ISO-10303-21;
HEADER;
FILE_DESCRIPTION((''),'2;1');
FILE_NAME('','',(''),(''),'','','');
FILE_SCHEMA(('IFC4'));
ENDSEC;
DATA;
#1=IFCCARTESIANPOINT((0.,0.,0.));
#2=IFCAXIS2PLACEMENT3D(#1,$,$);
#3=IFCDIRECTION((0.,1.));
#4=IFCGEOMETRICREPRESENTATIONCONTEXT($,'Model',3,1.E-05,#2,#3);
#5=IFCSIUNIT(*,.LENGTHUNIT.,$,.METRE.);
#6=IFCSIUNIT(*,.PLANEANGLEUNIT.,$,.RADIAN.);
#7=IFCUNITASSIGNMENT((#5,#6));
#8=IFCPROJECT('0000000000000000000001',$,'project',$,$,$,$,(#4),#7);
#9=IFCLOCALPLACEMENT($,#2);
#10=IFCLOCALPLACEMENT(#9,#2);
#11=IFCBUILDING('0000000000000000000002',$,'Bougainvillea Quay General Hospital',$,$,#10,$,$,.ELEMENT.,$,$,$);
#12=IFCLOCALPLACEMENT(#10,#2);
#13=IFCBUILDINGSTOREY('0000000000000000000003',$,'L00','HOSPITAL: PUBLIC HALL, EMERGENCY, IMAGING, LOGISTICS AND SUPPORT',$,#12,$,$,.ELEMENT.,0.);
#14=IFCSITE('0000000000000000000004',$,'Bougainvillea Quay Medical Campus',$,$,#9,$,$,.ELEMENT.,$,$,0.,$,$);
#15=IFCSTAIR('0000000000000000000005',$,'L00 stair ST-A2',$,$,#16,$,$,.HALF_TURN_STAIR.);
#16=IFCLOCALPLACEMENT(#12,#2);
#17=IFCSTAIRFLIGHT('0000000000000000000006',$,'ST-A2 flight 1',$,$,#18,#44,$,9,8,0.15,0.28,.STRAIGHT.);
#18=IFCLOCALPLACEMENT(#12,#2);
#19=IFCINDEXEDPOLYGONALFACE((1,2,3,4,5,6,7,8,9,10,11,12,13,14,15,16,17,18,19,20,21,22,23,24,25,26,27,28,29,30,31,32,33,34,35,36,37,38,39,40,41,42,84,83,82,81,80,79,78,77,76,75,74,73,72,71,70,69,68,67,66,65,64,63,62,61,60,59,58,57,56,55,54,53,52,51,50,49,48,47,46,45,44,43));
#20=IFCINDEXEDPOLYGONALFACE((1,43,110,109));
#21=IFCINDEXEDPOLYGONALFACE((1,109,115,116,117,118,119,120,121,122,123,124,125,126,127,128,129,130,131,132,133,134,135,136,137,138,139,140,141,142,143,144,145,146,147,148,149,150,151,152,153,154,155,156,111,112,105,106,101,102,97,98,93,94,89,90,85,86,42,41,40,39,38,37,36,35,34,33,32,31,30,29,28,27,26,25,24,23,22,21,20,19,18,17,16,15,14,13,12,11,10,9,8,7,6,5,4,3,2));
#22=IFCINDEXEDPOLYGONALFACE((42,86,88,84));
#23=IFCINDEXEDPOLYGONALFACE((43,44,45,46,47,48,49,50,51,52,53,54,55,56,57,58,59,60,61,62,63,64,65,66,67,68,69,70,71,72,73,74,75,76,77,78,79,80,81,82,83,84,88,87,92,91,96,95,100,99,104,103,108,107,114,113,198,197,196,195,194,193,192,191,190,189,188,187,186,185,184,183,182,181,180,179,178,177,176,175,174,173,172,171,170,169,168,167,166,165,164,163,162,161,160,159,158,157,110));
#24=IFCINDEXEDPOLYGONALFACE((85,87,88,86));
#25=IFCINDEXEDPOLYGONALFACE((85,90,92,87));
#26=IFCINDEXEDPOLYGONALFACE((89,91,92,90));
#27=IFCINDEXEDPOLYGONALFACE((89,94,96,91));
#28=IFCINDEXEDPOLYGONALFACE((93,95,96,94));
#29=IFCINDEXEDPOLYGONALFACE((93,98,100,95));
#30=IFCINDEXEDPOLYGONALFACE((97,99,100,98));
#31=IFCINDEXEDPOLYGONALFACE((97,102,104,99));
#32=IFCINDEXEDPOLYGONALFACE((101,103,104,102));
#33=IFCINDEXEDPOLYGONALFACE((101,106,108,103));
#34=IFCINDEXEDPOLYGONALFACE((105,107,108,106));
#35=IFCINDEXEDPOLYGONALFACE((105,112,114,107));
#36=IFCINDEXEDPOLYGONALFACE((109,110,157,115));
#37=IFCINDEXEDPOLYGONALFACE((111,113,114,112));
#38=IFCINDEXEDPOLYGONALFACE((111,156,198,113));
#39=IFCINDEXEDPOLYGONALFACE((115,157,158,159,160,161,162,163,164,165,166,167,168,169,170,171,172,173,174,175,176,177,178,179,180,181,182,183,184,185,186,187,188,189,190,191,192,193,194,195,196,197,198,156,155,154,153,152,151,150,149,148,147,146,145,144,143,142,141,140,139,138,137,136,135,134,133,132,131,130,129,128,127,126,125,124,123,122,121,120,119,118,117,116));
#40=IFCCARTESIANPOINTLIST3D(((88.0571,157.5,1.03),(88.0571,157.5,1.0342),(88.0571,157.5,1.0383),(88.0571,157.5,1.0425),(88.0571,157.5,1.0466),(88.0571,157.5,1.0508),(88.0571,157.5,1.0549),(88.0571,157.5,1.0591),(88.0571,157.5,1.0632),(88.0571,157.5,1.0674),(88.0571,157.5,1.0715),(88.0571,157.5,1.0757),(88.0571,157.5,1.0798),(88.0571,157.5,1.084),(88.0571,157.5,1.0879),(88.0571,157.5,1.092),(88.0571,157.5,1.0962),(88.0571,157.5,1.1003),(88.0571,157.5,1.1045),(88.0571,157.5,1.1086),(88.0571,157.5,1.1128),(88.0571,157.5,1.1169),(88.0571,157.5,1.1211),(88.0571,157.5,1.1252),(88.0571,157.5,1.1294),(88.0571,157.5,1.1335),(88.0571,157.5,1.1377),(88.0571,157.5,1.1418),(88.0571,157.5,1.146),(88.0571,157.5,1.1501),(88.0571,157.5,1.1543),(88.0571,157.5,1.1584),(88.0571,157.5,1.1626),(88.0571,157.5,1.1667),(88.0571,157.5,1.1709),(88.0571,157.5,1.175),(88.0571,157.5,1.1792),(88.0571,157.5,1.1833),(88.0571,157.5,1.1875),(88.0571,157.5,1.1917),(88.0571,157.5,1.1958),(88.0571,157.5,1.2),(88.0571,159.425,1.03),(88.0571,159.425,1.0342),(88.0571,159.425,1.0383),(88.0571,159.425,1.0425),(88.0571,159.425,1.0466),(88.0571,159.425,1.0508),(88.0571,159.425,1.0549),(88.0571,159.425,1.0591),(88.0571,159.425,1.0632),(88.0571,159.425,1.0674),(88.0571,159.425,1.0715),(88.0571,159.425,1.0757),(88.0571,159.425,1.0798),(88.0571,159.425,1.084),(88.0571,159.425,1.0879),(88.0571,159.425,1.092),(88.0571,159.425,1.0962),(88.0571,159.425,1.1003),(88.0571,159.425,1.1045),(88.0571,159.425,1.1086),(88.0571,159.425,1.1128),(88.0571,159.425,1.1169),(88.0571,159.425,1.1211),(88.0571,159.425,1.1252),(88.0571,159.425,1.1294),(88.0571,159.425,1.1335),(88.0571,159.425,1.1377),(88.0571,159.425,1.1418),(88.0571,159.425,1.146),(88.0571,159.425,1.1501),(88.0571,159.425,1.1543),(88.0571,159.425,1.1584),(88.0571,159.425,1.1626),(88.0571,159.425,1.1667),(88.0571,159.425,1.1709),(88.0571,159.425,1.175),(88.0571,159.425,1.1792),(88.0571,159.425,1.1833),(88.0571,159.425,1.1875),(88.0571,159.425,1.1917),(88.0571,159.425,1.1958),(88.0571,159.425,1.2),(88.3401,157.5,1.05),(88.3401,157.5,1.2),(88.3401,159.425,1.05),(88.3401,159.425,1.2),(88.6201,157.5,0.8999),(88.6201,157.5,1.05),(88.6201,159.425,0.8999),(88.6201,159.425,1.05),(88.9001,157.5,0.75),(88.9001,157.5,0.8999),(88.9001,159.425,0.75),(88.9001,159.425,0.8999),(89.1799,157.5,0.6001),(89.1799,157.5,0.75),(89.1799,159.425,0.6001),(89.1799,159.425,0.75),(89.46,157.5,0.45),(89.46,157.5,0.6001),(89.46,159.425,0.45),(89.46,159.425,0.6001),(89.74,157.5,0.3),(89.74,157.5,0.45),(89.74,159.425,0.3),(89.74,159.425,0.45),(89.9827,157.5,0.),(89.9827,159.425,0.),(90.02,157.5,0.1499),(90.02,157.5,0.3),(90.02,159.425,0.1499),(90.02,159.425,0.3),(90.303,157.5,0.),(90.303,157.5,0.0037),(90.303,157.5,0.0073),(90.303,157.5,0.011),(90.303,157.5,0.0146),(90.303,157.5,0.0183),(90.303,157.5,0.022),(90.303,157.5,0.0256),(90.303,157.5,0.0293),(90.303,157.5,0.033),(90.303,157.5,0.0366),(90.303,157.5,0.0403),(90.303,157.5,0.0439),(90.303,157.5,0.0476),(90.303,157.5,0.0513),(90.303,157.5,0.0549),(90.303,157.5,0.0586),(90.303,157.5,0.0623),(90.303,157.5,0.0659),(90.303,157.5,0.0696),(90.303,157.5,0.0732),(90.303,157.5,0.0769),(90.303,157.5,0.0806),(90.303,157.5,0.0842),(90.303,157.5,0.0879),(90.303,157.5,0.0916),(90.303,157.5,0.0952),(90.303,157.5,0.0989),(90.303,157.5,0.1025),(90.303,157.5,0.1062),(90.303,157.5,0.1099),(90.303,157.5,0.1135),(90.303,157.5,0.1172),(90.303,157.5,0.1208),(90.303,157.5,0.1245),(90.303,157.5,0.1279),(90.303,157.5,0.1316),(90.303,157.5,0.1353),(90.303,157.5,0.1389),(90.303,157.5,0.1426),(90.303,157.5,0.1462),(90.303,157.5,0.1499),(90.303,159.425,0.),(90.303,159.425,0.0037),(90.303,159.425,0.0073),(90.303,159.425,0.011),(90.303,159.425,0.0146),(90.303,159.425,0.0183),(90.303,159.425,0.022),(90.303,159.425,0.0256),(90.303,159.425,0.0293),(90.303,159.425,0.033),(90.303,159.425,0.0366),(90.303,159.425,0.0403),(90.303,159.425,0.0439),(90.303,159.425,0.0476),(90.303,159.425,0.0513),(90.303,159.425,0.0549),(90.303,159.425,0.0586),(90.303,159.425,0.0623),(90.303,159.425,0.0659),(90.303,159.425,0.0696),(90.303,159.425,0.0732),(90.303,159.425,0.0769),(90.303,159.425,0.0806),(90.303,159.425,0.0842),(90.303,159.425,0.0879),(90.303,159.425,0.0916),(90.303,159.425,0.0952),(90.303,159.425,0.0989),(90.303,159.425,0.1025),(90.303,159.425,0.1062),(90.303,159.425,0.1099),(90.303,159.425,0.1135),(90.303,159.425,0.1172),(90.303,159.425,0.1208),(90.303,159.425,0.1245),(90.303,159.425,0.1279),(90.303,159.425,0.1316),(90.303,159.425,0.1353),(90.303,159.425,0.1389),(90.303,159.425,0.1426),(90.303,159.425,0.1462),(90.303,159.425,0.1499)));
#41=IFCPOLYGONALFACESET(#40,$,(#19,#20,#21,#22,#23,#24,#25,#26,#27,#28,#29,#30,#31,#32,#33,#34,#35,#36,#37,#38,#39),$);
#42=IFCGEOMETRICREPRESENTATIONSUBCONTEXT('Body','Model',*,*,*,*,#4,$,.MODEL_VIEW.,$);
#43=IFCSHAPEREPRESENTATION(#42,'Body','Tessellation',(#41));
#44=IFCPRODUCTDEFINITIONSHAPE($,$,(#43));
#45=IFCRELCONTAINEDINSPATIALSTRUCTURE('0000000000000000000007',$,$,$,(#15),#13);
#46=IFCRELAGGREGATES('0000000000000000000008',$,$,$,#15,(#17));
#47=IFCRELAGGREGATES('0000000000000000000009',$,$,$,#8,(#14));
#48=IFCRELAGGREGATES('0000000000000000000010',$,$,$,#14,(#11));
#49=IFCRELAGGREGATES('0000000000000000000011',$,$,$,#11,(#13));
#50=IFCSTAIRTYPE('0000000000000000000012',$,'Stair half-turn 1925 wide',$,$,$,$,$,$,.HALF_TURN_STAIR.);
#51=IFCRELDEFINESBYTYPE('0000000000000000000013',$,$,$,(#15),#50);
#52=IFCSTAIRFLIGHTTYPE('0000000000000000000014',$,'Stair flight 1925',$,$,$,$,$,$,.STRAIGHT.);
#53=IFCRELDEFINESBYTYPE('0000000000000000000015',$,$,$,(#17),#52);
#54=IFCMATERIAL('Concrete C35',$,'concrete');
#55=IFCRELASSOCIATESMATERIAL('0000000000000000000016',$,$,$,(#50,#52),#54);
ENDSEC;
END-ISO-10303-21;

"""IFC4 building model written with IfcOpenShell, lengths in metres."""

from ifc_helpers import new_model, si_unit, direction, frame, origin, place, context, subcontext, project, spatial, polyline, outline, extrude, material, type_object, element, aggregate, save


model = new_model("IFC4")

# Units and contexts
model_context = context("Model", 3, precision=1e-05, world=origin(), true_north=direction((0.0, 1.0)))
body_context = subcontext(model_context, "Body", "Model", "MODEL_VIEW")
ifc_project = project(units=[si_unit("LENGTHUNIT", "METRE"), si_unit("PLANEANGLEUNIT", "RADIAN")], contexts=[model_context])

# Site, building, storey
site_placement = place(None, origin())
site = spatial("IfcSite", under=ifc_project, at=site_placement, Name="Bougainvillea Quay Medical Campus", CompositionType="ELEMENT", RefElevation=0.0)
building_placement = place(site_placement, origin())
building = spatial("IfcBuilding", under=site, at=building_placement, Name="Bougainvillea Quay General Hospital", CompositionType="ELEMENT")
storey_placement = place(building_placement, origin())
storey = spatial("IfcBuildingStorey", under=building, at=storey_placement, Name="L00", Description="HOSPITAL: PUBLIC HALL, EMERGENCY, IMAGING, LOGISTICS AND SUPPORT", CompositionType="ELEMENT", Elevation=0.0)

# Stair, stair flight
ifc_material_1 = material(Name="Concrete C35", Category="concrete")
stair_type = type_object("IfcStairType", Name="Stair half-turn 1925 wide", PredefinedType="HALF_TURN_STAIR", material=ifc_material_1)
stair_placement = place(storey_placement, origin())
stair = element("IfcStair", 1, at=stair_placement, inside=storey, type_object=stair_type, Name="L00 stair ST-A2", PredefinedType="HALF_TURN_STAIR")
stair_flight_type = type_object("IfcStairFlightType", Name="Stair flight 1925", PredefinedType="STRAIGHT", material=ifc_material_1)
stair_flight_1_placement = place(storey_placement, frame((90.3, 158.4624, 0.0), z_axis=(0.0, 0.0, 1.0), x_axis=(-1.0, 0.0, 0.0)))
stair_flight_1 = element("IfcStairFlight", 2, at=stair_flight_1_placement, type_object=stair_flight_type, Name="ST-A2 flight 1", NumberOfRisers=9, NumberOfTreads=8, PredefinedType="STRAIGHT", RiserHeight=0.15, TreadLength=0.28, context=body_context, shape_type="SweptSolid", body=[
    extrude(outline(polyline([(-0.0029, 0.0), (-0.0029, 0.0037), (-0.0029, 0.0073), (-0.0029, 0.011), (-0.0029, 0.0146), (-0.0029, 0.0183), (-0.0029, 0.022), (-0.0029, 0.0256), (-0.0029, 0.0293), (-0.0029, 0.033), (-0.0029, 0.0366), (-0.0029, 0.0403), (-0.0029, 0.0439), (-0.0029, 0.0476), (-0.0029, 0.0513), (-0.0029, 0.0549), (-0.0029, 0.0586), (-0.0029, 0.0623), (-0.0029, 0.0659), (-0.0029, 0.0696), (-0.0029, 0.0732), (-0.0029, 0.0769), (-0.0029, 0.0806), (-0.0029, 0.0842), (-0.0029, 0.0879), (-0.0029, 0.0916), (-0.0029, 0.0952), (-0.0029, 0.0989), (-0.0029, 0.1025), (-0.0029, 0.1062), (-0.0029, 0.1099), (-0.0029, 0.1135), (-0.0029, 0.1172), (-0.0029, 0.1208), (-0.0029, 0.1245), (-0.0029, 0.1279), (-0.0029, 0.1316), (-0.0029, 0.1353), (-0.0029, 0.1389), (-0.0029, 0.1426), (-0.0029, 0.1462), (-0.0029, 0.1499), (0.28, 0.1499), (0.28, 0.3), (0.5601, 0.3), (0.5601, 0.45), (0.8401, 0.45), (0.8401, 0.6001), (1.1201, 0.6001), (1.1201, 0.75), (1.3999, 0.75), (1.3999, 0.8999), (1.6799, 0.8999), (1.6799, 1.05), (1.96, 1.05), (1.96, 1.2), (2.2429, 1.2), (2.2429, 1.1958), (2.2429, 1.1917), (2.2429, 1.1875), (2.2429, 1.1833), (2.2429, 1.1792), (2.2429, 1.175), (2.2429, 1.1709), (2.2429, 1.1667), (2.2429, 1.1626), (2.2429, 1.1584), (2.2429, 1.1543), (2.2429, 1.1501), (2.2429, 1.146), (2.2429, 1.1418), (2.2429, 1.1377), (2.2429, 1.1335), (2.2429, 1.1294), (2.2429, 1.1252), (2.2429, 1.1211), (2.2429, 1.1169), (2.2429, 1.1128), (2.2429, 1.1086), (2.2429, 1.1045), (2.2429, 1.1003), (2.2429, 1.0962), (2.2429, 1.092), (2.2429, 1.0879), (2.2429, 1.084), (2.2429, 1.0798), (2.2429, 1.0757), (2.2429, 1.0715), (2.2429, 1.0674), (2.2429, 1.0632), (2.2429, 1.0591), (2.2429, 1.0549), (2.2429, 1.0508), (2.2429, 1.0466), (2.2429, 1.0425), (2.2429, 1.0383), (2.2429, 1.0342), (2.2429, 1.03), (0.3174, 0.0), (-0.0029, 0.0)])), frame((0.0, 0.9624, 0.0), z_axis=(0.0, -1.0, 0.0), x_axis=(1.0, 0.0, 0.0)), (0.0, 0.0, 1.0), 1.925),
])
aggregate(stair, [stair_flight_1])

save(model, "model.ifc")
